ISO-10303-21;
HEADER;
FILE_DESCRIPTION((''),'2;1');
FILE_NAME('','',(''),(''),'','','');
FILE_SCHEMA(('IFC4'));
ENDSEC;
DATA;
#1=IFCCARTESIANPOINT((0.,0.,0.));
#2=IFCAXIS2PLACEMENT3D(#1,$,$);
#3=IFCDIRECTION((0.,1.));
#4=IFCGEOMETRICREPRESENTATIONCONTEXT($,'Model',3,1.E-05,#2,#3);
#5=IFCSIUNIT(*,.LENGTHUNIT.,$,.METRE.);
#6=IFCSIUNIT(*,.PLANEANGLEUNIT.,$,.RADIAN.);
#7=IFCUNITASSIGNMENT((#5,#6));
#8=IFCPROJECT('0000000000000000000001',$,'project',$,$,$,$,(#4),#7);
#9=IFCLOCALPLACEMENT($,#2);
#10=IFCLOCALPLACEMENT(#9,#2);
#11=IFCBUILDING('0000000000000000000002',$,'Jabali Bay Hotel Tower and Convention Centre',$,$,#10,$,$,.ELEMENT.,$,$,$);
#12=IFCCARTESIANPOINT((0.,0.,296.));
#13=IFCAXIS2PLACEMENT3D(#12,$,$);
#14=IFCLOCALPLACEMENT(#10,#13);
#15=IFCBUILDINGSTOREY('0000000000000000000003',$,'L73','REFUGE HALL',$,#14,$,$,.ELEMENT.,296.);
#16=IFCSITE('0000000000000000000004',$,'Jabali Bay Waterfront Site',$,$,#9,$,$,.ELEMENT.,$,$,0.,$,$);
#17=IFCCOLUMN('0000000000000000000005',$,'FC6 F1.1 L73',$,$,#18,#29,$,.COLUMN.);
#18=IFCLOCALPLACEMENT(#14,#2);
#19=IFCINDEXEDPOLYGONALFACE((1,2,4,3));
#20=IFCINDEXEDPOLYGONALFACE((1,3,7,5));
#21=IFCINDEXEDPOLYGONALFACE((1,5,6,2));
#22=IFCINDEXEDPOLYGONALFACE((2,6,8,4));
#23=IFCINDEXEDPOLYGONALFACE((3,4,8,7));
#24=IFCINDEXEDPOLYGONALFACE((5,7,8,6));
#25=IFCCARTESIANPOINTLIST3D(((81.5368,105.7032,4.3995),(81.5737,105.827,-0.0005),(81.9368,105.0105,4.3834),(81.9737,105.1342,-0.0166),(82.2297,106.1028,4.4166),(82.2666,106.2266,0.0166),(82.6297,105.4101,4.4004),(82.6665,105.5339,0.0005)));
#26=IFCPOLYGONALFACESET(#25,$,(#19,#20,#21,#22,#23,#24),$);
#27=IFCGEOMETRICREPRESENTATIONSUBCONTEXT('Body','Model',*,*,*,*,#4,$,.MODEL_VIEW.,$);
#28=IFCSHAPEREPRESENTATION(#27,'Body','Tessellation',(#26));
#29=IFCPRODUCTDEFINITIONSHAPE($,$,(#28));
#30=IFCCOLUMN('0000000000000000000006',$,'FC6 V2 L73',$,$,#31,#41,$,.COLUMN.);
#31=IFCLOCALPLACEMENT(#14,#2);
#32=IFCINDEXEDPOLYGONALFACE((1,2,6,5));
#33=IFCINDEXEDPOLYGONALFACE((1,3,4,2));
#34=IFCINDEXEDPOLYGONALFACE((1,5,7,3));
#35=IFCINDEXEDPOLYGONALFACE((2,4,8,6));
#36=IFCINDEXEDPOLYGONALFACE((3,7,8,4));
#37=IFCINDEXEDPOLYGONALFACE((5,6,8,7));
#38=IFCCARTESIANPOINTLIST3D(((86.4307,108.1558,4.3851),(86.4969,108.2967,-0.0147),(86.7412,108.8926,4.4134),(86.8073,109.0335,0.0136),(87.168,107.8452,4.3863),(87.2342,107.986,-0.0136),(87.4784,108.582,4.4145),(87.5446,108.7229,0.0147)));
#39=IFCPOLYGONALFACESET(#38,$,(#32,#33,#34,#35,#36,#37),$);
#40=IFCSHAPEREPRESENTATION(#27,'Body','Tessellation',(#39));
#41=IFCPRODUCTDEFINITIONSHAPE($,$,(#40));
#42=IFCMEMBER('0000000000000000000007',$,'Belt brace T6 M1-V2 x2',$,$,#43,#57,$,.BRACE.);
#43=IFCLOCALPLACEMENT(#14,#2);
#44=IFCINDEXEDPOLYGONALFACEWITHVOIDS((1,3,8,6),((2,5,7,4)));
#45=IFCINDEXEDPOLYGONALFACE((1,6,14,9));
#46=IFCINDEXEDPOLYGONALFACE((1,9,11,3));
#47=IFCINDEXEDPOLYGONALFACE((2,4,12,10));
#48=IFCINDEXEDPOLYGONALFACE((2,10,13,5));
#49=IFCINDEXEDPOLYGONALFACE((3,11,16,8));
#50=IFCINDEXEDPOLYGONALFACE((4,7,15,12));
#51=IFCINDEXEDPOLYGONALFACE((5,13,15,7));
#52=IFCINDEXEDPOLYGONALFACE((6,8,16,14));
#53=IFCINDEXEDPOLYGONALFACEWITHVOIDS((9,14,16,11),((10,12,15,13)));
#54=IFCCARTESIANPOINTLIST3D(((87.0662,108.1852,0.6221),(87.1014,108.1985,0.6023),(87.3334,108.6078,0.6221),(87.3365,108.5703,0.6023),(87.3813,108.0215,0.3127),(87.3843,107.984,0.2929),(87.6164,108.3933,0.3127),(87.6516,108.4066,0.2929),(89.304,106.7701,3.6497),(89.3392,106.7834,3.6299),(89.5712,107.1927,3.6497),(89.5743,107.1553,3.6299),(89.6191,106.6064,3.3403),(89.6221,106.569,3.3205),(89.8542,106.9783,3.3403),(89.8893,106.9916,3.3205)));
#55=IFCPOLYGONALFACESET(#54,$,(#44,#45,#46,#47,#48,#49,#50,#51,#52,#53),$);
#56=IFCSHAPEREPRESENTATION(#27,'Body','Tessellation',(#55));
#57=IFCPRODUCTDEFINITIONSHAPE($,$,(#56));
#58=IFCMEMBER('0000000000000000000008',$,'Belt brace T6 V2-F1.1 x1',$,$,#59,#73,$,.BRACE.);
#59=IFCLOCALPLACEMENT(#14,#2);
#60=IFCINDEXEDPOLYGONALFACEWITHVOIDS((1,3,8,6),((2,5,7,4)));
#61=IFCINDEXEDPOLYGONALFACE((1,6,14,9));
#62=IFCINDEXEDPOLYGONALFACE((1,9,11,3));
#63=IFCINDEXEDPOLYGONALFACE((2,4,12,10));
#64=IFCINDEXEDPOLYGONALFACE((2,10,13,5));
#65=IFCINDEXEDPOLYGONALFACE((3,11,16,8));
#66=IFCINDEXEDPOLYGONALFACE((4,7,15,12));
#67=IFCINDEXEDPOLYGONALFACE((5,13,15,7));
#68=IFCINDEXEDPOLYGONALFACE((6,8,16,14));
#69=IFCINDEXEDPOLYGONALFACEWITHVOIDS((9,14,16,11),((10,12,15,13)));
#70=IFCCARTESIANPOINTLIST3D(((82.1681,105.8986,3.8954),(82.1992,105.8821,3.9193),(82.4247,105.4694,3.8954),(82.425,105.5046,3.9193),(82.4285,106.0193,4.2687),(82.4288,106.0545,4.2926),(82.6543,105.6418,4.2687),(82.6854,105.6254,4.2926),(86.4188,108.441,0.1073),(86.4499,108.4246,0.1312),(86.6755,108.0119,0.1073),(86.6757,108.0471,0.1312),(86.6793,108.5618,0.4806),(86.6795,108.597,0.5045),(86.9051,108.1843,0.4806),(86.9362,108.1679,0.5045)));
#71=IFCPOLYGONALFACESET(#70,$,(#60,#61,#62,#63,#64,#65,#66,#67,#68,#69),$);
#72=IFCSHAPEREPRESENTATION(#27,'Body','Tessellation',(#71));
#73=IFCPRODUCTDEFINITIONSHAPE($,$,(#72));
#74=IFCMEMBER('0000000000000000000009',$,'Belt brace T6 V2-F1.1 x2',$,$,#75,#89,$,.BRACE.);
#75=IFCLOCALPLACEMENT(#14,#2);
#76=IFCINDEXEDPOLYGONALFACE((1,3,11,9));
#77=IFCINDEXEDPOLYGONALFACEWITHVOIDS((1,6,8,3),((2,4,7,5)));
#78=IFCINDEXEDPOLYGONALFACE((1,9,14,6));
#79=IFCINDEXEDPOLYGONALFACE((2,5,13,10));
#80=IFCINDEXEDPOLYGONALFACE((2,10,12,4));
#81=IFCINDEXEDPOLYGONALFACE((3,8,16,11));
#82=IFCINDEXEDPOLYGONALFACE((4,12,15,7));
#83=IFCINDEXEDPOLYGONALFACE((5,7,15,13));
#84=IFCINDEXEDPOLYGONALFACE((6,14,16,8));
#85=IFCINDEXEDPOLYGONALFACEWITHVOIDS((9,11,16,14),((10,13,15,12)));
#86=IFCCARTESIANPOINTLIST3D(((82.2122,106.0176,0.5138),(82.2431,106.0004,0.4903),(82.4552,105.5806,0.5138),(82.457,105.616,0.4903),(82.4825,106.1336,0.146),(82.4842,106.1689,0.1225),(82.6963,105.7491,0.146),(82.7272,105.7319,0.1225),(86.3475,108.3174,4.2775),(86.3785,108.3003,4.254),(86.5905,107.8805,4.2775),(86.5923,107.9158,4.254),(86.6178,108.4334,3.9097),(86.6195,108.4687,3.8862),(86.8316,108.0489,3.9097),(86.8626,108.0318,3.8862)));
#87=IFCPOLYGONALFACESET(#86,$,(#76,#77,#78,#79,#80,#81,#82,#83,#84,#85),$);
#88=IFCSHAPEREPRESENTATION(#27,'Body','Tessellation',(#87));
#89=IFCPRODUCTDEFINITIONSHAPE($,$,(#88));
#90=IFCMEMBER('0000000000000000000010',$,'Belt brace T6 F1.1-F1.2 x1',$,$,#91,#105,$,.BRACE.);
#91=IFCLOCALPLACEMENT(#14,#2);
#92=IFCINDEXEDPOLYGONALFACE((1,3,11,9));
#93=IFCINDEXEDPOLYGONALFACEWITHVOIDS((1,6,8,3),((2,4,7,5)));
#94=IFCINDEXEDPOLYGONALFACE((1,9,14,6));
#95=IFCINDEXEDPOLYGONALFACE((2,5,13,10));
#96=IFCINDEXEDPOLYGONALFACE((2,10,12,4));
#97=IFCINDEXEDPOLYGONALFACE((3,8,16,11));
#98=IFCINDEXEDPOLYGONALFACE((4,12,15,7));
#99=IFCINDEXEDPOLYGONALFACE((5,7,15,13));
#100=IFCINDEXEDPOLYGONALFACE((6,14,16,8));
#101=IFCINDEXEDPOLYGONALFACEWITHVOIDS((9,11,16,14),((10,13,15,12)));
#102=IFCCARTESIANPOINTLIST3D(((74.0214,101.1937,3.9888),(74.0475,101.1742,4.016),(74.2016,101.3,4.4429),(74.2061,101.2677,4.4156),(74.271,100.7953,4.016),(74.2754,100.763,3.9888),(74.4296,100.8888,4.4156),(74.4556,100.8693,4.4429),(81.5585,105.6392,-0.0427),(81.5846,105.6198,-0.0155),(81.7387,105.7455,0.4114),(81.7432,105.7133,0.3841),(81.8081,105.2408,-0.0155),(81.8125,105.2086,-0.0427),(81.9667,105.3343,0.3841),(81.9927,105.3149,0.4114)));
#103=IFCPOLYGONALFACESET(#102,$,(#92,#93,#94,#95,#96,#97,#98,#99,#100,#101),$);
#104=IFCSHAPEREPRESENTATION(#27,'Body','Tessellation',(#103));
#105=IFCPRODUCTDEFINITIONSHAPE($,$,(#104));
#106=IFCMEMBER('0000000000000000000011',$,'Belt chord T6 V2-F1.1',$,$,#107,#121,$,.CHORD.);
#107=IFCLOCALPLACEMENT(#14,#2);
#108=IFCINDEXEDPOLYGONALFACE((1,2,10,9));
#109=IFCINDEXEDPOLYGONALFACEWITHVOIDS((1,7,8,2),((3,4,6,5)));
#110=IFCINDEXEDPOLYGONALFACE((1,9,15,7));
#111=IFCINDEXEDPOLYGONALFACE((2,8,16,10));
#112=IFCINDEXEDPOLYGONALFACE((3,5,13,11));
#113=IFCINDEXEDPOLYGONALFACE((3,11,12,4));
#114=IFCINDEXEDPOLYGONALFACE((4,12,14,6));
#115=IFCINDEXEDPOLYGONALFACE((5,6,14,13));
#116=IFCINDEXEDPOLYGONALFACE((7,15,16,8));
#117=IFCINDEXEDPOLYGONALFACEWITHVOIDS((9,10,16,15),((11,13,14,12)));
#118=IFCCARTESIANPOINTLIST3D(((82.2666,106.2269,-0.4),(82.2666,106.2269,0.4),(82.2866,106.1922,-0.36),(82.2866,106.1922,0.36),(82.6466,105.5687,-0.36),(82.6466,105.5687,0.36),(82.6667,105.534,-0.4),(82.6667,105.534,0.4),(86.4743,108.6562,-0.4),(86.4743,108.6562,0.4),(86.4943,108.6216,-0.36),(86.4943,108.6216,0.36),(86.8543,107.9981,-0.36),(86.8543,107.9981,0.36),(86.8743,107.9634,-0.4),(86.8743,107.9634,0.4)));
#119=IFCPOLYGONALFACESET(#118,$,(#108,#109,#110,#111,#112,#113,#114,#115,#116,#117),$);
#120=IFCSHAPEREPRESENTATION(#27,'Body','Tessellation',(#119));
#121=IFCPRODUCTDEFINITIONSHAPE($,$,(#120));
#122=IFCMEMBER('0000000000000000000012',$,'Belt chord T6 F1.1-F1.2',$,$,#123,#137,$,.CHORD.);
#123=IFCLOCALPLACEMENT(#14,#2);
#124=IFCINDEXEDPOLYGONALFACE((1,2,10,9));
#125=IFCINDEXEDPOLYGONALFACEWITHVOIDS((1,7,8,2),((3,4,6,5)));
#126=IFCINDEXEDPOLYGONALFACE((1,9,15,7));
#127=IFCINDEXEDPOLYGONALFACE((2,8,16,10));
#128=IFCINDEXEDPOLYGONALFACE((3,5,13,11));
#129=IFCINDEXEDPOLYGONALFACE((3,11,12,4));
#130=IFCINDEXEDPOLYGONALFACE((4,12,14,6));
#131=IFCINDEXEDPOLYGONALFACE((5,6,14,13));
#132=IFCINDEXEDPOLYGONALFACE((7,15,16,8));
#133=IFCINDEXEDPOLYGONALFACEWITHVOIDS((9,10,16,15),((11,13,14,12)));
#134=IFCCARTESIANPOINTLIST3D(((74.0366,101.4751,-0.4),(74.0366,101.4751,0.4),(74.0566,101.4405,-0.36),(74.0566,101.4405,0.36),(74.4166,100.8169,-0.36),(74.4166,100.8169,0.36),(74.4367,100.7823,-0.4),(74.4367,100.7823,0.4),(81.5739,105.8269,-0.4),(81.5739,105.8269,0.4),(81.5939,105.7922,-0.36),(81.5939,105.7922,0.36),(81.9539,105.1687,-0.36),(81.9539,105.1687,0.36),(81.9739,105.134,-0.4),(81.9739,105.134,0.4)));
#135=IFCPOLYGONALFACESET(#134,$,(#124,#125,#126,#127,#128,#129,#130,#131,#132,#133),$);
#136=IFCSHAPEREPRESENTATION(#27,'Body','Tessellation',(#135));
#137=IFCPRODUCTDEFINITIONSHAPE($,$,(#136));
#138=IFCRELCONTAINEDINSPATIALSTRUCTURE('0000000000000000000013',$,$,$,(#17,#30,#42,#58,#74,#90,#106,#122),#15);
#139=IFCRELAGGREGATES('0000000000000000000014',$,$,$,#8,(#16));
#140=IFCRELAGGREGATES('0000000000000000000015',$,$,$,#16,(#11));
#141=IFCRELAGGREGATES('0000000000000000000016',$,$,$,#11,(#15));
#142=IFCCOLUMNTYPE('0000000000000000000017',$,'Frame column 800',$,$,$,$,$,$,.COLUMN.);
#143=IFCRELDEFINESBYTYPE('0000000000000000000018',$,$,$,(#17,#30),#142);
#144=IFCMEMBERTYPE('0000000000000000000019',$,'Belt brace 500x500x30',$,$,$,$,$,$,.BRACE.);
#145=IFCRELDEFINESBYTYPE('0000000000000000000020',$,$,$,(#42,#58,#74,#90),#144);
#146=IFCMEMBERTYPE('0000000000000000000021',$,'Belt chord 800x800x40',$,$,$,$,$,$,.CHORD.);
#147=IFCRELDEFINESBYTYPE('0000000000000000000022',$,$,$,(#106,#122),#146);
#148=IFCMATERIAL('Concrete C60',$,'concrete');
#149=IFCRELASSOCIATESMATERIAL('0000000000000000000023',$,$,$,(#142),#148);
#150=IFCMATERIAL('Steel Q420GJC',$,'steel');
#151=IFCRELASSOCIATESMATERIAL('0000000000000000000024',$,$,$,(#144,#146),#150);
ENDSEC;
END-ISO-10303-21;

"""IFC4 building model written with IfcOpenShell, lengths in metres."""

from ifc_helpers import new_model, si_unit, direction, frame, origin, origin_2d, place, context, subcontext, project, spatial, rectangle, hollow_rectangle, extrude, material, material_profile, profile_set, type_object, element, save


model = new_model("IFC4")

# Units and contexts
model_context = context("Model", 3, precision=1e-05, world=origin(), true_north=direction((0.0, 1.0)))
body_context = subcontext(model_context, "Body", "Model", "MODEL_VIEW")
ifc_project = project(units=[si_unit("LENGTHUNIT", "METRE"), si_unit("PLANEANGLEUNIT", "RADIAN")], contexts=[model_context])

# Site, building, storey
site_placement = place(None, origin())
site = spatial("IfcSite", under=ifc_project, at=site_placement, Name="Jabali Bay Waterfront Site", CompositionType="ELEMENT", RefElevation=0.0)
building_placement = place(site_placement, origin())
building = spatial("IfcBuilding", under=site, at=building_placement, Name="Jabali Bay Hotel Tower and Convention Centre", CompositionType="ELEMENT")
storey_placement = place(building_placement, frame((0.0, 0.0, 296.0)))
storey = spatial("IfcBuildingStorey", under=building, at=storey_placement, Name="L73", Description="REFUGE HALL", CompositionType="ELEMENT", Elevation=296.0)

# Columns
ifc_material_1 = material(Name="Concrete C60", Category="concrete")
ifc_material_profile_1 = material_profile(ifc_material_1, rectangle(XDim=0.8, YDim=0.8, at=origin_2d()), Name="Frame column 800")
ifc_profile_set_1 = profile_set([ifc_material_profile_1], Name="Concrete C60")
column_type = type_object("IfcColumnType", Name="Frame column 800", PredefinedType="COLUMN", material=ifc_profile_set_1)
column_1_placement = place(storey_placement, frame((82.1201, 105.6804, 0.0), z_axis=(-0.008375, -0.02812, 0.999569), x_axis=(0.86604, 0.49952, 0.021309)))
element("IfcColumn", 1, at=column_1_placement, inside=storey, type_object=column_type, Name="FC6 F1.1 L73", PredefinedType="COLUMN", context=body_context, shape_type="SweptSolid", body=[
    extrude(rectangle(XDim=0.8, YDim=0.8, at=origin_2d()), origin(), (0.0, 0.0, 1.0), 4.4019),
])
column_2_placement = place(storey_placement, frame((87.0208, 108.5098, 0.0), z_axis=(-0.015028, -0.031996, 0.999375), x_axis=(0.921538, -0.388286, 0.001426)))
element("IfcColumn", 2, at=column_2_placement, inside=storey, type_object=column_type, Name="FC6 V2 L73", PredefinedType="COLUMN", context=body_context, shape_type="SweptSolid", body=[
    extrude(rectangle(XDim=0.8, YDim=0.8, at=origin_2d()), origin(), (0.0, 0.0, 1.0), 4.4026),
])

# Members
ifc_material_2 = material(Name="Steel Q420GJC", Category="steel")
ifc_material_profile_2 = material_profile(ifc_material_2, hollow_rectangle(XDim=0.5, YDim=0.5, WallThickness=0.03, at=origin_2d()), Name="Belt brace 500x500x30")
ifc_profile_set_2 = profile_set([ifc_material_profile_2], Name="Steel Q420GJC")
member_type_1 = type_object("IfcMemberType", Name="Belt brace 500x500x30", PredefinedType="BRACE", material=ifc_profile_set_2)
member_1_placement = place(storey_placement, frame((87.3589, 108.2959, 0.4575), z_axis=(0.556391, -0.351826, 0.75276), x_axis=(0.534451, 0.8452, 0.0)))
element("IfcMember", 3, at=member_1_placement, inside=storey, type_object=member_type_1, Name="Belt brace T6 M1-V2 x2", PredefinedType="BRACE", context=body_context, shape_type="SweptSolid", body=[
    extrude(hollow_rectangle(XDim=0.5, YDim=0.5, WallThickness=0.03, at=origin_2d()), origin(), (0.0, 0.0, 1.0), 4.022),
])
member_2_placement = place(storey_placement, frame((86.6775, 108.3044, 0.3059), z_axis=(-0.681689, -0.407737, 0.607495), x_axis=(0.513314, -0.858201, 0.0)))
element("IfcMember", 4, at=member_2_placement, inside=storey, type_object=member_type_1, Name="Belt brace T6 V2-F1.1 x1", PredefinedType="BRACE", context=body_context, shape_type="SweptSolid", body=[
    extrude(hollow_rectangle(XDim=0.5, YDim=0.5, WallThickness=0.03, at=origin_2d()), origin(), (0.0, 0.0, 1.0), 6.2356),
])
member_3_placement = place(storey_placement, frame((82.4697, 105.8748, 0.3181), z_axis=(0.68396, 0.380382, 0.622502), x_axis=(-0.486037, 0.873938, 0.0)))
element("IfcMember", 5, at=member_3_placement, inside=storey, type_object=member_type_1, Name="Belt brace T6 V2-F1.1 x2", PredefinedType="BRACE", context=body_context, shape_type="SweptSolid", body=[
    extrude(hollow_rectangle(XDim=0.5, YDim=0.5, WallThickness=0.03, at=origin_2d()), origin(), (0.0, 0.0, 1.0), 6.0461),
])
member_4_placement = place(storey_placement, frame((81.7756, 105.4771, 0.1843), z_axis=(-0.782303, -0.46142, 0.418443), x_axis=(0.508035, -0.861336, 0.0)))
element("IfcMember", 6, at=member_4_placement, inside=storey, type_object=member_type_1, Name="Belt brace T6 F1.1-F1.2 x1", PredefinedType="BRACE", context=body_context, shape_type="SweptSolid", body=[
    extrude(hollow_rectangle(XDim=0.5, YDim=0.5, WallThickness=0.03, at=origin_2d()), origin(), (0.0, 0.0, 1.0), 9.6345),
])
ifc_material_profile_3 = material_profile(ifc_material_2, hollow_rectangle(XDim=0.8, YDim=0.8, WallThickness=0.04, at=origin_2d()), Name="Belt chord 800x800x40")
ifc_profile_set_3 = profile_set([ifc_material_profile_3], Name="Steel Q420GJC")
member_type_2 = type_object("IfcMemberType", Name="Belt chord 800x800x40", PredefinedType="CHORD", material=ifc_profile_set_3)
member_5_placement = place(storey_placement, frame((86.6743, 108.3098, 0.0), z_axis=(-0.866017, -0.500014, 0.0), x_axis=(0.500014, -0.866017, 0.0)))
element("IfcMember", 7, at=member_5_placement, inside=storey, type_object=member_type_2, Name="Belt chord T6 V2-F1.1", PredefinedType="CHORD", context=body_context, shape_type="SweptSolid", body=[
    extrude(hollow_rectangle(XDim=0.8, YDim=0.8, WallThickness=0.04, at=origin_2d()), origin(), (0.0, 0.0, 1.0), 4.8586),
])
member_6_placement = place(storey_placement, frame((81.7739, 105.4805, 0.0), z_axis=(-0.86602, -0.50001, 0.0), x_axis=(0.50001, -0.86602, 0.0)))
element("IfcMember", 8, at=member_6_placement, inside=storey, type_object=member_type_2, Name="Belt chord T6 F1.1-F1.2", PredefinedType="CHORD", context=body_context, shape_type="SweptSolid", body=[
    extrude(hollow_rectangle(XDim=0.8, YDim=0.8, WallThickness=0.04, at=origin_2d()), origin(), (0.0, 0.0, 1.0), 8.7034),
])

save(model, "model.ifc")
